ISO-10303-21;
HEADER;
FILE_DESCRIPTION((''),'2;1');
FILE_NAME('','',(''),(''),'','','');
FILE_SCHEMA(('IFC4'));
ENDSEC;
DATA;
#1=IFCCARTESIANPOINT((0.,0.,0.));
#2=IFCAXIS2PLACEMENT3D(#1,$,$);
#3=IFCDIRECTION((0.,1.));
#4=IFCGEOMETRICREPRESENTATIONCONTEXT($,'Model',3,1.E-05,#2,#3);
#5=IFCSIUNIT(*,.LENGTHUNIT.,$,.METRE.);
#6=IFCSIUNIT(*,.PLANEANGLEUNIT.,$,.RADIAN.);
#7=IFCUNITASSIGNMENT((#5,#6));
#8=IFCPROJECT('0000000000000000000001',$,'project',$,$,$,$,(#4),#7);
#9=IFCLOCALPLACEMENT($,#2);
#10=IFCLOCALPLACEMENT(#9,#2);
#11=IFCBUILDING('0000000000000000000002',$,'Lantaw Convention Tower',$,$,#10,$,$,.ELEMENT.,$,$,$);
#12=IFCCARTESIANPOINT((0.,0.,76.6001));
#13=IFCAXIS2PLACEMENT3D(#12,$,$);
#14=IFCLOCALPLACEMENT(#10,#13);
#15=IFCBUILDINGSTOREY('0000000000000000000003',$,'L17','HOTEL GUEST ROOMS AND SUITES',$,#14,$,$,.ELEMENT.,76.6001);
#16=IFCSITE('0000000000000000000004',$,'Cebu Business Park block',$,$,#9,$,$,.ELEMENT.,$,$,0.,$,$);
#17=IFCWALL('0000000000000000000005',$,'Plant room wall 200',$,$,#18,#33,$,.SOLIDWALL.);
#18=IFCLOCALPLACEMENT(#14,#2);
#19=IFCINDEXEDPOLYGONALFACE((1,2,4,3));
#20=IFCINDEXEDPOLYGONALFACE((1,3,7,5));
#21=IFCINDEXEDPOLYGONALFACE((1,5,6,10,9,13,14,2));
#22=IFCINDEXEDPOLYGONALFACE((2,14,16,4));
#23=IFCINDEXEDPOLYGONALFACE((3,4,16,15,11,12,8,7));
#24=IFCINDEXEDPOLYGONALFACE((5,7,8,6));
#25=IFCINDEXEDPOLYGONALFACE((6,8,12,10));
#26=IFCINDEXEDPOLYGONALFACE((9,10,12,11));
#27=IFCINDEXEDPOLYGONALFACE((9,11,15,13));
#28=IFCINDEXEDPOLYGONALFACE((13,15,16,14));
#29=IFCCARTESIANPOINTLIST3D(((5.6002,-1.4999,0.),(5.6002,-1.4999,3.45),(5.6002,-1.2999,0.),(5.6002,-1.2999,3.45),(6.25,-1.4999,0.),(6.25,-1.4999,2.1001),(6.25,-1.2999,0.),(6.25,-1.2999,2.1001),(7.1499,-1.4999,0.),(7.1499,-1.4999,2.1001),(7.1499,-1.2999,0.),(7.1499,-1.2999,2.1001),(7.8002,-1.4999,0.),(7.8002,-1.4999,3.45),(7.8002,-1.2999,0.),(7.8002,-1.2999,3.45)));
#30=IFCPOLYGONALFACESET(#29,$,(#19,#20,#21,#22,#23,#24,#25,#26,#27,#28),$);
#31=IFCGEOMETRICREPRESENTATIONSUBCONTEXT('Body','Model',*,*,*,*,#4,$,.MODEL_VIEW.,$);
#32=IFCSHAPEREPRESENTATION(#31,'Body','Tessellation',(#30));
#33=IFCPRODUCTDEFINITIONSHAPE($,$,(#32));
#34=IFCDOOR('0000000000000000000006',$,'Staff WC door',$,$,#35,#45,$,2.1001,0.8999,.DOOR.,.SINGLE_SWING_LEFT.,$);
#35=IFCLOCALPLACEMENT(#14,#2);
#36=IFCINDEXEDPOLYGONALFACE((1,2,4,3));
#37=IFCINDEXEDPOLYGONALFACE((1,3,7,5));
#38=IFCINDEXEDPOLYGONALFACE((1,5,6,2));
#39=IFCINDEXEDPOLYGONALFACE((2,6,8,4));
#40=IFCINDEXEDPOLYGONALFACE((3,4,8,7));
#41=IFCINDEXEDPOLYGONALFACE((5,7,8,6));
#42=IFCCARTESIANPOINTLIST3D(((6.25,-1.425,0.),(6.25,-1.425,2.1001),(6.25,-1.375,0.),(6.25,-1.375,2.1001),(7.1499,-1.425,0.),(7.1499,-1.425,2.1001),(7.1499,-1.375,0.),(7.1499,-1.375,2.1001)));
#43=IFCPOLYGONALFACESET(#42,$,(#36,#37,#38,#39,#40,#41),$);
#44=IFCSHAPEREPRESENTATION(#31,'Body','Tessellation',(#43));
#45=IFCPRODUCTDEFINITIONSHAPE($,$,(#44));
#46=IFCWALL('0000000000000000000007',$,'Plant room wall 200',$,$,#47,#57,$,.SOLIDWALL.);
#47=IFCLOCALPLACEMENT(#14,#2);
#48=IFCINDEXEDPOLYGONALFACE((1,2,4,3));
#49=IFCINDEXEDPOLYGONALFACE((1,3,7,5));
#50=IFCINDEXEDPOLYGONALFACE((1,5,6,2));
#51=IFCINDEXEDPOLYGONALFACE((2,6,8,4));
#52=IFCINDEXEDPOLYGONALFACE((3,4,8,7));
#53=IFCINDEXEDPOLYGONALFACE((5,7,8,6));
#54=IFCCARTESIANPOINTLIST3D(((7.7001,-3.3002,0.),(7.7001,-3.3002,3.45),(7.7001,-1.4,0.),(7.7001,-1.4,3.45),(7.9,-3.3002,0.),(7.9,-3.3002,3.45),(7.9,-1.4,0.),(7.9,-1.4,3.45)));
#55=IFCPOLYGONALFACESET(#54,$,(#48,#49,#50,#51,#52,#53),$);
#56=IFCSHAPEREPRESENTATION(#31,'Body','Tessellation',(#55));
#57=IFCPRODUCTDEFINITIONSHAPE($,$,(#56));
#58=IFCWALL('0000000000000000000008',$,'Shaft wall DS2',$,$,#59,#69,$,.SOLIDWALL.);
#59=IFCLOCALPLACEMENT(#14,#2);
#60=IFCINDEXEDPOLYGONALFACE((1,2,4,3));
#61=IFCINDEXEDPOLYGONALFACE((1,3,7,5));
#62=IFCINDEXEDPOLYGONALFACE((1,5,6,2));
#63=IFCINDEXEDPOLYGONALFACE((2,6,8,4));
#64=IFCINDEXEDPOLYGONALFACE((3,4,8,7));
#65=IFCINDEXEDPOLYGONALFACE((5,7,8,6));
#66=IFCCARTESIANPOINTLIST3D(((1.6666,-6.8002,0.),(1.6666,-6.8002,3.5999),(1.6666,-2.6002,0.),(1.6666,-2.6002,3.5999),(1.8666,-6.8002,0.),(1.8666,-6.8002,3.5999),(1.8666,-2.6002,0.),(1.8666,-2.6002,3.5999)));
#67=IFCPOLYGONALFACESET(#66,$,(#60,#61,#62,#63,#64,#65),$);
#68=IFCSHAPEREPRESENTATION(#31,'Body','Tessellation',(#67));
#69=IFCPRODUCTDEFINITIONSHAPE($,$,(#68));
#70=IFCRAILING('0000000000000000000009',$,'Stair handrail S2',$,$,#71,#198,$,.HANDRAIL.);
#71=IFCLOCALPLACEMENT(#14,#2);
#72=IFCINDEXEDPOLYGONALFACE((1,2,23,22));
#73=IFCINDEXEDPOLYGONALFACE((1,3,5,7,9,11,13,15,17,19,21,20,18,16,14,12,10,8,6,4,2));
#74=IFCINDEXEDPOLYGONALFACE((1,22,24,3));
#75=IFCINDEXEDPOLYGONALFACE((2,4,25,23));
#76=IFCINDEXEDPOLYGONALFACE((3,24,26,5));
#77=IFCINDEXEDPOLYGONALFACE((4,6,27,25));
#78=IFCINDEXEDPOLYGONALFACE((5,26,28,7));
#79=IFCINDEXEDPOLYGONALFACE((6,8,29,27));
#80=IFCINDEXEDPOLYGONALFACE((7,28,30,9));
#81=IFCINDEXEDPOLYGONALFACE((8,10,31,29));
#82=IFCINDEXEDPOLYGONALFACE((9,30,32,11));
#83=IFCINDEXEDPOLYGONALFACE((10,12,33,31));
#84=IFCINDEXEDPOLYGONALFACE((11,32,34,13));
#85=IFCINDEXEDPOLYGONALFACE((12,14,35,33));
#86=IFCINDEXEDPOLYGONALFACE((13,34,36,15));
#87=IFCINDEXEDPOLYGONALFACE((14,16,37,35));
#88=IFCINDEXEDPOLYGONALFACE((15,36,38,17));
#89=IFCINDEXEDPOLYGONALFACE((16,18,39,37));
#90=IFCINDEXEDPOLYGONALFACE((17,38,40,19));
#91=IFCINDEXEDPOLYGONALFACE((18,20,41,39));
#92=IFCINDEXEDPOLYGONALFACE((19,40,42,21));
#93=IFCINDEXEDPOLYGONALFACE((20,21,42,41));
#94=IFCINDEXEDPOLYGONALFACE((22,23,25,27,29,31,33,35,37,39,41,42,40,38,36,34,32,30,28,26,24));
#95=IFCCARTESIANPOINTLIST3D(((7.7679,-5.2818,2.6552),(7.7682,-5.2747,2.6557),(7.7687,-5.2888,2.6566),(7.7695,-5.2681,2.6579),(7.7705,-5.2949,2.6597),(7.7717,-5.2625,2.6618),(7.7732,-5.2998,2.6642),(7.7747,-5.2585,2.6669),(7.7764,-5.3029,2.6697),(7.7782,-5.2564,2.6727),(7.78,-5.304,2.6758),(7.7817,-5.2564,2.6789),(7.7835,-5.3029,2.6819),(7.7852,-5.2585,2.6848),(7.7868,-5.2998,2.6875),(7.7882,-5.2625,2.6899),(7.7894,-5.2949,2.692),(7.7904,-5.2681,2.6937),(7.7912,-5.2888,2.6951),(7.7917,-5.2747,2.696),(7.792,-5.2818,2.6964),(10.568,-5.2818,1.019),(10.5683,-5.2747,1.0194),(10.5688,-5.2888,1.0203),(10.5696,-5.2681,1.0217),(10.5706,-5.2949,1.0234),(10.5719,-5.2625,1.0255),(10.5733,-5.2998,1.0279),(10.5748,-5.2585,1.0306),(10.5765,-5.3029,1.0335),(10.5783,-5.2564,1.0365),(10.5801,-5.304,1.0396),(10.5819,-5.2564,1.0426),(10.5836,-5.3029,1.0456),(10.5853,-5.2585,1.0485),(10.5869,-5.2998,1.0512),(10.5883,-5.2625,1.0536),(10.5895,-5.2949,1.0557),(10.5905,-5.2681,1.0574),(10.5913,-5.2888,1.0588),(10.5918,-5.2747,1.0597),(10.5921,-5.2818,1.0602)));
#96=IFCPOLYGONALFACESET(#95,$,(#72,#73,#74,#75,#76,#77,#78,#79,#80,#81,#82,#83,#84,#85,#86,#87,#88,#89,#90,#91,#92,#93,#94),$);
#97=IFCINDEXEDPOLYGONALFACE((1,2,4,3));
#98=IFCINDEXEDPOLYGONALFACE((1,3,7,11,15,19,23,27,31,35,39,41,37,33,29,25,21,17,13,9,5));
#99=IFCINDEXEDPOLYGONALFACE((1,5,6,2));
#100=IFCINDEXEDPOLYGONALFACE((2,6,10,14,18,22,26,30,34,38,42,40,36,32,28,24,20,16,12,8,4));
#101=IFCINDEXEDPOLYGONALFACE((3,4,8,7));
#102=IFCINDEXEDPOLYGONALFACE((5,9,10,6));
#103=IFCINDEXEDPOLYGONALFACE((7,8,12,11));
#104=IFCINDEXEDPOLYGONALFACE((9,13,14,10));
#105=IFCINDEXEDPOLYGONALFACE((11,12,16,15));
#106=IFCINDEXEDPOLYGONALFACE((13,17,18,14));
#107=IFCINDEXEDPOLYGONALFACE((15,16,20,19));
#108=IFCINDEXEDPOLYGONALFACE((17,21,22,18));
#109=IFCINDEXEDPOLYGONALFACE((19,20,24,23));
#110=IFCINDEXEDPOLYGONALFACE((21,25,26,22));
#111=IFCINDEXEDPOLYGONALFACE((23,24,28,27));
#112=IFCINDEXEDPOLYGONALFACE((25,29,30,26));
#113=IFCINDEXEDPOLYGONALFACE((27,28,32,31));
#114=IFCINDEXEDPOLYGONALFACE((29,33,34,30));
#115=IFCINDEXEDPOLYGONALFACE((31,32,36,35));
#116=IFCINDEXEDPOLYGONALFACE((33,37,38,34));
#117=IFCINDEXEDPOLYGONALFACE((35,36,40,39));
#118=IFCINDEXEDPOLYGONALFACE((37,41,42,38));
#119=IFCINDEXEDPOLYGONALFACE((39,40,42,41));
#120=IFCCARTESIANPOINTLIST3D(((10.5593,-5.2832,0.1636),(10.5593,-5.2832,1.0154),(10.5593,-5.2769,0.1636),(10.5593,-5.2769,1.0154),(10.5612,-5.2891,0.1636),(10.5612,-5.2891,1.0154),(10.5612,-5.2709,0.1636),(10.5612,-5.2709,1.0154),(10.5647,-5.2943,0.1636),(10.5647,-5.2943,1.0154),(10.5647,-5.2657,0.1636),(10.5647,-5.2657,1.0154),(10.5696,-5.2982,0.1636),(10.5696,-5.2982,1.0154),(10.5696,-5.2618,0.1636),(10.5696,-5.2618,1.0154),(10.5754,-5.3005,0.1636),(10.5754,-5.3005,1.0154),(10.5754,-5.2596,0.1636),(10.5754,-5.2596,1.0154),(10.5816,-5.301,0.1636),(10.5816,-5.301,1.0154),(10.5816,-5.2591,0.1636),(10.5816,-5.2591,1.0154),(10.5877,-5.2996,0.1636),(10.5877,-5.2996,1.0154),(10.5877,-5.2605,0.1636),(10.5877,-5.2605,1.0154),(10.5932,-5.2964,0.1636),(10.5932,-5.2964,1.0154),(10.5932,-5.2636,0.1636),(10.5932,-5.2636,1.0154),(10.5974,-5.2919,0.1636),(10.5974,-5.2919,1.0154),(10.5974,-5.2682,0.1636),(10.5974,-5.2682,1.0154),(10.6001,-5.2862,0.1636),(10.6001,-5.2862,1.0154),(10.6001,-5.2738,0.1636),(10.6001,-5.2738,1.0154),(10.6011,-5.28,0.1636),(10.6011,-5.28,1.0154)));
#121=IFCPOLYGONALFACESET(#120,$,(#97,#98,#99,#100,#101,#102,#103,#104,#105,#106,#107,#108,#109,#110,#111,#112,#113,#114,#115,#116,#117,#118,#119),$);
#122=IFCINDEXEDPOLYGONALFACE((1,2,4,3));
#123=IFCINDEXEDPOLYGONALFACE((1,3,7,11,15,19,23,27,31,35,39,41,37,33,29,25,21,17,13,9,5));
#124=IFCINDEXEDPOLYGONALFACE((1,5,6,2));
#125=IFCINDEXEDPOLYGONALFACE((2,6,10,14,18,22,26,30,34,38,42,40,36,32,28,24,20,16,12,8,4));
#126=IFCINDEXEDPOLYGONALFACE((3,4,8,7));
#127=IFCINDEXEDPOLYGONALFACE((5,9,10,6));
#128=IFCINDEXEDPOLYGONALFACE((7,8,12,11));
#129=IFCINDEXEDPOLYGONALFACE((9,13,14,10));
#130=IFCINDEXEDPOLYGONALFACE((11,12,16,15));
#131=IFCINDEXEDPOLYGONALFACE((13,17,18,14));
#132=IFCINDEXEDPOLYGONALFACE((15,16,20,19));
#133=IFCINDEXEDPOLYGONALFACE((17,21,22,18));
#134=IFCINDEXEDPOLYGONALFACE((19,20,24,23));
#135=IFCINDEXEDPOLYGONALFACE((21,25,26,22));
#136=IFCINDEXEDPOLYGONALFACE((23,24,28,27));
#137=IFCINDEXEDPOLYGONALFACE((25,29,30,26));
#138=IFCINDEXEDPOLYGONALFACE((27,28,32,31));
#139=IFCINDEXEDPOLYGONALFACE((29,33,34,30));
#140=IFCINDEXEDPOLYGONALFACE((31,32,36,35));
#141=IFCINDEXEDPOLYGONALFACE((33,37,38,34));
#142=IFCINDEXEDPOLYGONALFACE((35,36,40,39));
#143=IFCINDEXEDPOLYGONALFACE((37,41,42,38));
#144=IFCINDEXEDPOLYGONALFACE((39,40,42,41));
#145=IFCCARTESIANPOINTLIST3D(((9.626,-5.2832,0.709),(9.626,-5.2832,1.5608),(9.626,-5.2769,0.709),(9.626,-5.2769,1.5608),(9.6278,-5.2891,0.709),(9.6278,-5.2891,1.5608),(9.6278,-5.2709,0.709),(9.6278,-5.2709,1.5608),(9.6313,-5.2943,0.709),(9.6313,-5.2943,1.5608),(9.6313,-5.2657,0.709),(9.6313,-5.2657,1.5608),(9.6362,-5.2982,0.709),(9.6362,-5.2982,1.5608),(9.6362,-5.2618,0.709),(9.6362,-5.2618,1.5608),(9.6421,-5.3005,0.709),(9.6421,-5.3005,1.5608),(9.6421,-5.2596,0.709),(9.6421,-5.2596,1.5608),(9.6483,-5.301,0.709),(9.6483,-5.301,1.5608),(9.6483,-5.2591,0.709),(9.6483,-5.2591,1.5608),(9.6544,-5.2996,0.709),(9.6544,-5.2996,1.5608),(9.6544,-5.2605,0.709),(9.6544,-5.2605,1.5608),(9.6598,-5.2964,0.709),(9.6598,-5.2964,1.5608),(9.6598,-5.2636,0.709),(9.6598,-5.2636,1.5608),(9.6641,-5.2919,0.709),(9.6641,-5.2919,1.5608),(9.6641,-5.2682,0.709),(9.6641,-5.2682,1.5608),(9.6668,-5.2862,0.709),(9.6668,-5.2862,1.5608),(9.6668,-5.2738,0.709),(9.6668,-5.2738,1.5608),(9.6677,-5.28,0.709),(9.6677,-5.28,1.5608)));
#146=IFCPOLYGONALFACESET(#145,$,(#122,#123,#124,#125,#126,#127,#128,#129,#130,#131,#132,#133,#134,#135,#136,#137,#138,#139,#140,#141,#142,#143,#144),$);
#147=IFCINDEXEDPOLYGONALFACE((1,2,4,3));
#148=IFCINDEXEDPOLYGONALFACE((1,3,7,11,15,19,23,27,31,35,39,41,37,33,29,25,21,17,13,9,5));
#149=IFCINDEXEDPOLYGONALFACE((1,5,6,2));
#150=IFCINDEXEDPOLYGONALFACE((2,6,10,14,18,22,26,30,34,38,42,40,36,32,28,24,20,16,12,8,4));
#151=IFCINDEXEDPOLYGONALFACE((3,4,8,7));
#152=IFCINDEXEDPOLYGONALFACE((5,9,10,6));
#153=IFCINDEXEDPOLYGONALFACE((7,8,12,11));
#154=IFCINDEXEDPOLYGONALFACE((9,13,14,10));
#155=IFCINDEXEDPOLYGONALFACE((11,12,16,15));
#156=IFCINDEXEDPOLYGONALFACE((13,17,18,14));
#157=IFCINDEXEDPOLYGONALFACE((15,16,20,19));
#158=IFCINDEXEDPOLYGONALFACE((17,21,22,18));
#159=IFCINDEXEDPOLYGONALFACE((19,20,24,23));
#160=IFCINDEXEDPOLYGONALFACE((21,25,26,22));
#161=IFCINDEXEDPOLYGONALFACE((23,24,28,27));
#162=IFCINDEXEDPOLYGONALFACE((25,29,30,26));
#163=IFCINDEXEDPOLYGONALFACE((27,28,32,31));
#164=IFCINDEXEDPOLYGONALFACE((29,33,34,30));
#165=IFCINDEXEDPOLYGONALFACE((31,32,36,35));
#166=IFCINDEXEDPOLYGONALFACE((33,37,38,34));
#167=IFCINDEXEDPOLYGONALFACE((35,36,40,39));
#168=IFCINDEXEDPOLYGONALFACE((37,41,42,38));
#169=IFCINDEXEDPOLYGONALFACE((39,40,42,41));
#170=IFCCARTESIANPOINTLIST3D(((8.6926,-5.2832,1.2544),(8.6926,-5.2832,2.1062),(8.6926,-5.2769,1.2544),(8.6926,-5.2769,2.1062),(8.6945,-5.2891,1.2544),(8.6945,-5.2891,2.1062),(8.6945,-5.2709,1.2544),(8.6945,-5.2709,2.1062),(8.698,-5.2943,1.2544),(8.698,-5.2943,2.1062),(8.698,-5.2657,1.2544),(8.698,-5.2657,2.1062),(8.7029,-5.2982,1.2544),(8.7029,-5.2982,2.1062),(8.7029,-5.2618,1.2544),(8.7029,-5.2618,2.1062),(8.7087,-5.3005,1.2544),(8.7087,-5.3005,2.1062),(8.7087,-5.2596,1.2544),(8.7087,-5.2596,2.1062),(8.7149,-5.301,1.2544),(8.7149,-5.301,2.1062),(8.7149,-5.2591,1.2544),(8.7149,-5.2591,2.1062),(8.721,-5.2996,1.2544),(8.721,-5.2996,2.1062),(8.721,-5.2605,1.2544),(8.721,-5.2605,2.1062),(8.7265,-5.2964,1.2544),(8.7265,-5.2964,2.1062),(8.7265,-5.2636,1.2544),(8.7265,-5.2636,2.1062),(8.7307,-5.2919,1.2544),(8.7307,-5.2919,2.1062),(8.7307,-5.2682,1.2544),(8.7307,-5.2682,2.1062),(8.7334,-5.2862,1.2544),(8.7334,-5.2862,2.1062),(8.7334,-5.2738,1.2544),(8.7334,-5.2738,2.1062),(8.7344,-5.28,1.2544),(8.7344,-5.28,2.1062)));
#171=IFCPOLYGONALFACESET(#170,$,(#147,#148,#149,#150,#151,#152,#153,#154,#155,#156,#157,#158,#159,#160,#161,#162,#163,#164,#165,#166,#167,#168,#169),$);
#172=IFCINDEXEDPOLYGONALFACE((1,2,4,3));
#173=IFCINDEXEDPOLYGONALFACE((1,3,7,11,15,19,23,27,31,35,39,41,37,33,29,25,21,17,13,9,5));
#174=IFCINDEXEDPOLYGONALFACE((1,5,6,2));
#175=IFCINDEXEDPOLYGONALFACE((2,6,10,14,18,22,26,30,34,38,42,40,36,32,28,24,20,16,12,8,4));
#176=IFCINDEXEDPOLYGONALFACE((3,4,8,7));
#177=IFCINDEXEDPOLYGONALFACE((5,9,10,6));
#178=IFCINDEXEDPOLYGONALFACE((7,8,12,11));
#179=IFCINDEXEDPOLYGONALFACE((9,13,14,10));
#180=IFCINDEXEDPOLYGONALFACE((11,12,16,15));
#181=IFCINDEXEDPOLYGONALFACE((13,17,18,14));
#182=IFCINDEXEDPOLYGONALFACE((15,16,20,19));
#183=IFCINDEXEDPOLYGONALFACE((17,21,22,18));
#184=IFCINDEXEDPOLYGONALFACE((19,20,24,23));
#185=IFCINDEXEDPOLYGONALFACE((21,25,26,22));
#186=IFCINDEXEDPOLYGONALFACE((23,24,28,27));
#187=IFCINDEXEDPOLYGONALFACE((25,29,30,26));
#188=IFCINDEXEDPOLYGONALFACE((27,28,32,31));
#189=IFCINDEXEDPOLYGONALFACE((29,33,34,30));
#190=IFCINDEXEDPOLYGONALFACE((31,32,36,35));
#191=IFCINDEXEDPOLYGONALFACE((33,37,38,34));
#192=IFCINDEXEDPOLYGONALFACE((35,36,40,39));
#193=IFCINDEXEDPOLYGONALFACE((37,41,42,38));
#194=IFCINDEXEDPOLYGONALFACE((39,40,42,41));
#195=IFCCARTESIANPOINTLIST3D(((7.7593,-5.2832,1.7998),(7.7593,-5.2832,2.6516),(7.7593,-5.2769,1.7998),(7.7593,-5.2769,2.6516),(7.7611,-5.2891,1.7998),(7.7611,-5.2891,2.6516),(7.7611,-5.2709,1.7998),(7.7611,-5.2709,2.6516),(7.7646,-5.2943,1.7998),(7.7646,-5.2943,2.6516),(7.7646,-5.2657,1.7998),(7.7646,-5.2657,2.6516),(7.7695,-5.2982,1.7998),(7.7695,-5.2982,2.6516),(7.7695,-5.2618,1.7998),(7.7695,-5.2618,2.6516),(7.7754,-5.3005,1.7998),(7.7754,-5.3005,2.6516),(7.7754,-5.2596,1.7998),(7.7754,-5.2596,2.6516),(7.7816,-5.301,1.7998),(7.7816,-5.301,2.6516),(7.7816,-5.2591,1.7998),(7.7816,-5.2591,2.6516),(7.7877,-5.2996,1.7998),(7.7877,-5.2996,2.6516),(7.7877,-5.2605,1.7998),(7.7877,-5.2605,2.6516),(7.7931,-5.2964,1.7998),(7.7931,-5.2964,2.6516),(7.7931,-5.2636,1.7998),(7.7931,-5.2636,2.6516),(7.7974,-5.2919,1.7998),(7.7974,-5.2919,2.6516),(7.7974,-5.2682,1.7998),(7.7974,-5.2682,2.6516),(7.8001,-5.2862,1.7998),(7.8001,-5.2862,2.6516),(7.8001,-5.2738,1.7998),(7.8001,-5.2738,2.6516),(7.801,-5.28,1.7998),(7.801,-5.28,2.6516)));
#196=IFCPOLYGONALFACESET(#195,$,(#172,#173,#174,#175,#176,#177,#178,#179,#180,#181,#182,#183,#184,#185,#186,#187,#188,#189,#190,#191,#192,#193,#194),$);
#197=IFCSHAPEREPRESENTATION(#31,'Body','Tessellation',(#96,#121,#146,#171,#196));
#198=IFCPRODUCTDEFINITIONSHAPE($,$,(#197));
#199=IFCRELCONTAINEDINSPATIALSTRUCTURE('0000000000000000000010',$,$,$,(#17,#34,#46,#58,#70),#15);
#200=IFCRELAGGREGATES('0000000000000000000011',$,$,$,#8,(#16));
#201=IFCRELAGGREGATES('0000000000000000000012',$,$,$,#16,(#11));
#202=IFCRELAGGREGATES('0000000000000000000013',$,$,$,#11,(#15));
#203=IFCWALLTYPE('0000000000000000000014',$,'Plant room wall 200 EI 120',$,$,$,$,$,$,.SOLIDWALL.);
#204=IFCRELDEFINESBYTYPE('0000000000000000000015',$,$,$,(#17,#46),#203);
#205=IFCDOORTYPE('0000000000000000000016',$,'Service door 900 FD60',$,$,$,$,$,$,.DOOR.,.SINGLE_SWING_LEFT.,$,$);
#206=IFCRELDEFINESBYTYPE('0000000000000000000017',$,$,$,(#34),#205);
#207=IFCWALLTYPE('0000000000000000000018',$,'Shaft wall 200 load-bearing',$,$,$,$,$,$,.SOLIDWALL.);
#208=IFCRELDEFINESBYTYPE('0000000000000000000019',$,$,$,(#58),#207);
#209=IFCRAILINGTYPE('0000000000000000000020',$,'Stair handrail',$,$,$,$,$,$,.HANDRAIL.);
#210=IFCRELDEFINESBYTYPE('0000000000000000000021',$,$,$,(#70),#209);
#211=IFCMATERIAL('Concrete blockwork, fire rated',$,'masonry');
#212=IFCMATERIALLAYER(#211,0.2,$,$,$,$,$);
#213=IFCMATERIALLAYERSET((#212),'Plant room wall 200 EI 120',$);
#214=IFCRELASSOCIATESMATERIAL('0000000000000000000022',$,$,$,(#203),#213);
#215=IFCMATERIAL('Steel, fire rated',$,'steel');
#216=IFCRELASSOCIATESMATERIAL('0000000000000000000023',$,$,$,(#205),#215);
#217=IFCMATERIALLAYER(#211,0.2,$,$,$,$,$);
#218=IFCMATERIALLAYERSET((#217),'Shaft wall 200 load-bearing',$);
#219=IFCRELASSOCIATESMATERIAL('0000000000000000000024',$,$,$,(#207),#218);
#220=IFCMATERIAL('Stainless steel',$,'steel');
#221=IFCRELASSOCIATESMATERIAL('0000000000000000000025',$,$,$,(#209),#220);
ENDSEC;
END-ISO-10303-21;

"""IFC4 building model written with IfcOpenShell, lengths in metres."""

from ifc_helpers import new_model, si_unit, direction, frame, frame_2d, origin, origin_2d, place, context, subcontext, project, spatial, rectangle, circle, extrude, material, layer, layer_set, type_object, element, fill, save


model = new_model("IFC4")

# Units and contexts
model_context = context("Model", 3, precision=1e-05, world=origin(), true_north=direction((0.0, 1.0)))
body_context = subcontext(model_context, "Body", "Model", "MODEL_VIEW")
ifc_project = project(units=[si_unit("LENGTHUNIT", "METRE"), si_unit("PLANEANGLEUNIT", "RADIAN")], contexts=[model_context])

# Site, building, storey
site_placement = place(None, origin())
site = spatial("IfcSite", under=ifc_project, at=site_placement, Name="Cebu Business Park block", CompositionType="ELEMENT", RefElevation=0.0)
building_placement = place(site_placement, origin())
building = spatial("IfcBuilding", under=site, at=building_placement, Name="Lantaw Convention Tower", CompositionType="ELEMENT")
storey_placement = place(building_placement, frame((0.0, 0.0, 76.6001)))
storey = spatial("IfcBuildingStorey", under=building, at=storey_placement, Name="L17", Description="HOTEL GUEST ROOMS AND SUITES", CompositionType="ELEMENT", Elevation=76.6001)

# Shared definitions
ifc_material_1 = material(Name="Steel, fire rated", Category="steel")

# Wall, opening, door
ifc_material_2 = material(Name="Concrete blockwork, fire rated", Category="masonry")
ifc_layer_1 = layer(ifc_material_2, 0.2)
ifc_layer_set_1 = layer_set([ifc_layer_1], Name="Plant room wall 200 EI 120")
wall_type_1 = type_object("IfcWallType", Name="Plant room wall 200 EI 120", PredefinedType="SOLIDWALL", material=ifc_layer_set_1)
wall_1_placement = place(storey_placement, frame((5.6001, -1.3999, 0.0), z_axis=(0.0, 0.0, 1.0), x_axis=(1.0, 0.0, 0.0)))
wall_1 = element("IfcWall", 1, at=wall_1_placement, inside=storey, type_object=wall_type_1, Name="Plant room wall 200", PredefinedType="SOLIDWALL", context=body_context, shape_type="SweptSolid", body=[
    extrude(rectangle(XDim=2.2, YDim=0.2, at=frame_2d((1.1001, 0.0))), origin(), (0.0, 0.0, 1.0), 3.45),
])
opening_1_placement = place(wall_1_placement, frame((0.6499, 0.0, 0.0)))
opening_1 = element("IfcOpeningElement", 2, at=opening_1_placement, cuts=wall_1, PredefinedType="OPENING", context=body_context, shape_type="SweptSolid", body=[
    extrude(rectangle(XDim=0.8999, YDim=2.1001, at=frame_2d((0.45, 1.05))), frame((0.0, 0.1099, 0.0), z_axis=(0.0, -1.0, 0.0), x_axis=(1.0, 0.0, 0.0)), (0.0, 0.0, 1.0), 0.22),
])
door_type_1 = type_object("IfcDoorType", Name="Service door 900 FD60", OperationType="SINGLE_SWING_LEFT", PredefinedType="DOOR", material=ifc_material_1)
door_1_placement = place(opening_1_placement, origin())
door_1 = element("IfcDoor", 3, at=door_1_placement, inside=storey, type_object=door_type_1, Name="Staff WC door", OperationType="SINGLE_SWING_LEFT", OverallHeight=2.1001, OverallWidth=0.8999, PredefinedType="DOOR", context=body_context, shape_type="SweptSolid", body=[
    extrude(rectangle(XDim=0.8999, YDim=2.1001, at=frame_2d((0.45, 1.05))), frame((0.0, 0.0249, 0.0), z_axis=(0.0, -1.0, 0.0), x_axis=(1.0, 0.0, 0.0)), (0.0, 0.0, 1.0), 0.05),
])
fill(opening_1, door_1)

# Walls
wall_2_placement = place(storey_placement, frame((7.8, -1.3999, 0.0), z_axis=(0.0, 0.0, 1.0), x_axis=(0.0, -1.0, 0.0)))
element("IfcWall", 4, at=wall_2_placement, inside=storey, type_object=wall_type_1, Name="Plant room wall 200", PredefinedType="SOLIDWALL", context=body_context, shape_type="SweptSolid", body=[
    extrude(rectangle(XDim=1.9001, YDim=0.2, at=frame_2d((0.9502, 0.0))), origin(), (0.0, 0.0, 1.0), 3.45),
])
ifc_layer_2 = layer(ifc_material_2, 0.2)
ifc_layer_set_2 = layer_set([ifc_layer_2], Name="Shaft wall 200 load-bearing")
wall_type_2 = type_object("IfcWallType", Name="Shaft wall 200 load-bearing", PredefinedType="SOLIDWALL", material=ifc_layer_set_2)
wall_3_placement = place(storey_placement, frame((1.7666, -2.6001, 0.0), z_axis=(0.0, 0.0, 1.0), x_axis=(0.0, -1.0, 0.0)))
element("IfcWall", 5, at=wall_3_placement, inside=storey, type_object=wall_type_2, Name="Shaft wall DS2", PredefinedType="SOLIDWALL", context=body_context, shape_type="SweptSolid", body=[
    extrude(rectangle(XDim=4.2, YDim=0.2, at=frame_2d((2.1001, 0.0))), origin(), (0.0, 0.0, 1.0), 3.5999),
])

# Railing
ifc_material_3 = material(Name="Stainless steel", Category="steel")
railing_type = type_object("IfcRailingType", Name="Stair handrail", PredefinedType="HANDRAIL", material=ifc_material_3)
railing_1_placement = place(storey_placement, frame((10.5801, -5.28, 0.1636)))
element("IfcRailing", 6, at=railing_1_placement, inside=storey, type_object=railing_type, Name="Stair handrail S2", PredefinedType="HANDRAIL", context=body_context, shape_type="SweptSolid", body=[
    extrude(circle(Radius=0.0239, at=origin_2d()), frame((0.0, 0.0, 0.876), z_axis=(-0.863394, 0.0, 0.504531), x_axis=(0.0, -1.0, 0.0)), (0.0, 0.0, 1.0), 3.2432),
    extrude(circle(Radius=0.021, at=origin_2d()), origin(), (0.0, 0.0, 1.0), 0.8518),
    extrude(circle(Radius=0.021, at=origin_2d()), frame((-0.9333, 0.0, 0.5454)), (0.0, 0.0, 1.0), 0.8518),
    extrude(circle(Radius=0.021, at=origin_2d()), frame((-1.8667, 0.0, 1.0908)), (0.0, 0.0, 1.0), 0.8518),
    extrude(circle(Radius=0.021, at=origin_2d()), frame((-2.8, 0.0, 1.6362)), (0.0, 0.0, 1.0), 0.8518),
])

save(model, "model.ifc")
